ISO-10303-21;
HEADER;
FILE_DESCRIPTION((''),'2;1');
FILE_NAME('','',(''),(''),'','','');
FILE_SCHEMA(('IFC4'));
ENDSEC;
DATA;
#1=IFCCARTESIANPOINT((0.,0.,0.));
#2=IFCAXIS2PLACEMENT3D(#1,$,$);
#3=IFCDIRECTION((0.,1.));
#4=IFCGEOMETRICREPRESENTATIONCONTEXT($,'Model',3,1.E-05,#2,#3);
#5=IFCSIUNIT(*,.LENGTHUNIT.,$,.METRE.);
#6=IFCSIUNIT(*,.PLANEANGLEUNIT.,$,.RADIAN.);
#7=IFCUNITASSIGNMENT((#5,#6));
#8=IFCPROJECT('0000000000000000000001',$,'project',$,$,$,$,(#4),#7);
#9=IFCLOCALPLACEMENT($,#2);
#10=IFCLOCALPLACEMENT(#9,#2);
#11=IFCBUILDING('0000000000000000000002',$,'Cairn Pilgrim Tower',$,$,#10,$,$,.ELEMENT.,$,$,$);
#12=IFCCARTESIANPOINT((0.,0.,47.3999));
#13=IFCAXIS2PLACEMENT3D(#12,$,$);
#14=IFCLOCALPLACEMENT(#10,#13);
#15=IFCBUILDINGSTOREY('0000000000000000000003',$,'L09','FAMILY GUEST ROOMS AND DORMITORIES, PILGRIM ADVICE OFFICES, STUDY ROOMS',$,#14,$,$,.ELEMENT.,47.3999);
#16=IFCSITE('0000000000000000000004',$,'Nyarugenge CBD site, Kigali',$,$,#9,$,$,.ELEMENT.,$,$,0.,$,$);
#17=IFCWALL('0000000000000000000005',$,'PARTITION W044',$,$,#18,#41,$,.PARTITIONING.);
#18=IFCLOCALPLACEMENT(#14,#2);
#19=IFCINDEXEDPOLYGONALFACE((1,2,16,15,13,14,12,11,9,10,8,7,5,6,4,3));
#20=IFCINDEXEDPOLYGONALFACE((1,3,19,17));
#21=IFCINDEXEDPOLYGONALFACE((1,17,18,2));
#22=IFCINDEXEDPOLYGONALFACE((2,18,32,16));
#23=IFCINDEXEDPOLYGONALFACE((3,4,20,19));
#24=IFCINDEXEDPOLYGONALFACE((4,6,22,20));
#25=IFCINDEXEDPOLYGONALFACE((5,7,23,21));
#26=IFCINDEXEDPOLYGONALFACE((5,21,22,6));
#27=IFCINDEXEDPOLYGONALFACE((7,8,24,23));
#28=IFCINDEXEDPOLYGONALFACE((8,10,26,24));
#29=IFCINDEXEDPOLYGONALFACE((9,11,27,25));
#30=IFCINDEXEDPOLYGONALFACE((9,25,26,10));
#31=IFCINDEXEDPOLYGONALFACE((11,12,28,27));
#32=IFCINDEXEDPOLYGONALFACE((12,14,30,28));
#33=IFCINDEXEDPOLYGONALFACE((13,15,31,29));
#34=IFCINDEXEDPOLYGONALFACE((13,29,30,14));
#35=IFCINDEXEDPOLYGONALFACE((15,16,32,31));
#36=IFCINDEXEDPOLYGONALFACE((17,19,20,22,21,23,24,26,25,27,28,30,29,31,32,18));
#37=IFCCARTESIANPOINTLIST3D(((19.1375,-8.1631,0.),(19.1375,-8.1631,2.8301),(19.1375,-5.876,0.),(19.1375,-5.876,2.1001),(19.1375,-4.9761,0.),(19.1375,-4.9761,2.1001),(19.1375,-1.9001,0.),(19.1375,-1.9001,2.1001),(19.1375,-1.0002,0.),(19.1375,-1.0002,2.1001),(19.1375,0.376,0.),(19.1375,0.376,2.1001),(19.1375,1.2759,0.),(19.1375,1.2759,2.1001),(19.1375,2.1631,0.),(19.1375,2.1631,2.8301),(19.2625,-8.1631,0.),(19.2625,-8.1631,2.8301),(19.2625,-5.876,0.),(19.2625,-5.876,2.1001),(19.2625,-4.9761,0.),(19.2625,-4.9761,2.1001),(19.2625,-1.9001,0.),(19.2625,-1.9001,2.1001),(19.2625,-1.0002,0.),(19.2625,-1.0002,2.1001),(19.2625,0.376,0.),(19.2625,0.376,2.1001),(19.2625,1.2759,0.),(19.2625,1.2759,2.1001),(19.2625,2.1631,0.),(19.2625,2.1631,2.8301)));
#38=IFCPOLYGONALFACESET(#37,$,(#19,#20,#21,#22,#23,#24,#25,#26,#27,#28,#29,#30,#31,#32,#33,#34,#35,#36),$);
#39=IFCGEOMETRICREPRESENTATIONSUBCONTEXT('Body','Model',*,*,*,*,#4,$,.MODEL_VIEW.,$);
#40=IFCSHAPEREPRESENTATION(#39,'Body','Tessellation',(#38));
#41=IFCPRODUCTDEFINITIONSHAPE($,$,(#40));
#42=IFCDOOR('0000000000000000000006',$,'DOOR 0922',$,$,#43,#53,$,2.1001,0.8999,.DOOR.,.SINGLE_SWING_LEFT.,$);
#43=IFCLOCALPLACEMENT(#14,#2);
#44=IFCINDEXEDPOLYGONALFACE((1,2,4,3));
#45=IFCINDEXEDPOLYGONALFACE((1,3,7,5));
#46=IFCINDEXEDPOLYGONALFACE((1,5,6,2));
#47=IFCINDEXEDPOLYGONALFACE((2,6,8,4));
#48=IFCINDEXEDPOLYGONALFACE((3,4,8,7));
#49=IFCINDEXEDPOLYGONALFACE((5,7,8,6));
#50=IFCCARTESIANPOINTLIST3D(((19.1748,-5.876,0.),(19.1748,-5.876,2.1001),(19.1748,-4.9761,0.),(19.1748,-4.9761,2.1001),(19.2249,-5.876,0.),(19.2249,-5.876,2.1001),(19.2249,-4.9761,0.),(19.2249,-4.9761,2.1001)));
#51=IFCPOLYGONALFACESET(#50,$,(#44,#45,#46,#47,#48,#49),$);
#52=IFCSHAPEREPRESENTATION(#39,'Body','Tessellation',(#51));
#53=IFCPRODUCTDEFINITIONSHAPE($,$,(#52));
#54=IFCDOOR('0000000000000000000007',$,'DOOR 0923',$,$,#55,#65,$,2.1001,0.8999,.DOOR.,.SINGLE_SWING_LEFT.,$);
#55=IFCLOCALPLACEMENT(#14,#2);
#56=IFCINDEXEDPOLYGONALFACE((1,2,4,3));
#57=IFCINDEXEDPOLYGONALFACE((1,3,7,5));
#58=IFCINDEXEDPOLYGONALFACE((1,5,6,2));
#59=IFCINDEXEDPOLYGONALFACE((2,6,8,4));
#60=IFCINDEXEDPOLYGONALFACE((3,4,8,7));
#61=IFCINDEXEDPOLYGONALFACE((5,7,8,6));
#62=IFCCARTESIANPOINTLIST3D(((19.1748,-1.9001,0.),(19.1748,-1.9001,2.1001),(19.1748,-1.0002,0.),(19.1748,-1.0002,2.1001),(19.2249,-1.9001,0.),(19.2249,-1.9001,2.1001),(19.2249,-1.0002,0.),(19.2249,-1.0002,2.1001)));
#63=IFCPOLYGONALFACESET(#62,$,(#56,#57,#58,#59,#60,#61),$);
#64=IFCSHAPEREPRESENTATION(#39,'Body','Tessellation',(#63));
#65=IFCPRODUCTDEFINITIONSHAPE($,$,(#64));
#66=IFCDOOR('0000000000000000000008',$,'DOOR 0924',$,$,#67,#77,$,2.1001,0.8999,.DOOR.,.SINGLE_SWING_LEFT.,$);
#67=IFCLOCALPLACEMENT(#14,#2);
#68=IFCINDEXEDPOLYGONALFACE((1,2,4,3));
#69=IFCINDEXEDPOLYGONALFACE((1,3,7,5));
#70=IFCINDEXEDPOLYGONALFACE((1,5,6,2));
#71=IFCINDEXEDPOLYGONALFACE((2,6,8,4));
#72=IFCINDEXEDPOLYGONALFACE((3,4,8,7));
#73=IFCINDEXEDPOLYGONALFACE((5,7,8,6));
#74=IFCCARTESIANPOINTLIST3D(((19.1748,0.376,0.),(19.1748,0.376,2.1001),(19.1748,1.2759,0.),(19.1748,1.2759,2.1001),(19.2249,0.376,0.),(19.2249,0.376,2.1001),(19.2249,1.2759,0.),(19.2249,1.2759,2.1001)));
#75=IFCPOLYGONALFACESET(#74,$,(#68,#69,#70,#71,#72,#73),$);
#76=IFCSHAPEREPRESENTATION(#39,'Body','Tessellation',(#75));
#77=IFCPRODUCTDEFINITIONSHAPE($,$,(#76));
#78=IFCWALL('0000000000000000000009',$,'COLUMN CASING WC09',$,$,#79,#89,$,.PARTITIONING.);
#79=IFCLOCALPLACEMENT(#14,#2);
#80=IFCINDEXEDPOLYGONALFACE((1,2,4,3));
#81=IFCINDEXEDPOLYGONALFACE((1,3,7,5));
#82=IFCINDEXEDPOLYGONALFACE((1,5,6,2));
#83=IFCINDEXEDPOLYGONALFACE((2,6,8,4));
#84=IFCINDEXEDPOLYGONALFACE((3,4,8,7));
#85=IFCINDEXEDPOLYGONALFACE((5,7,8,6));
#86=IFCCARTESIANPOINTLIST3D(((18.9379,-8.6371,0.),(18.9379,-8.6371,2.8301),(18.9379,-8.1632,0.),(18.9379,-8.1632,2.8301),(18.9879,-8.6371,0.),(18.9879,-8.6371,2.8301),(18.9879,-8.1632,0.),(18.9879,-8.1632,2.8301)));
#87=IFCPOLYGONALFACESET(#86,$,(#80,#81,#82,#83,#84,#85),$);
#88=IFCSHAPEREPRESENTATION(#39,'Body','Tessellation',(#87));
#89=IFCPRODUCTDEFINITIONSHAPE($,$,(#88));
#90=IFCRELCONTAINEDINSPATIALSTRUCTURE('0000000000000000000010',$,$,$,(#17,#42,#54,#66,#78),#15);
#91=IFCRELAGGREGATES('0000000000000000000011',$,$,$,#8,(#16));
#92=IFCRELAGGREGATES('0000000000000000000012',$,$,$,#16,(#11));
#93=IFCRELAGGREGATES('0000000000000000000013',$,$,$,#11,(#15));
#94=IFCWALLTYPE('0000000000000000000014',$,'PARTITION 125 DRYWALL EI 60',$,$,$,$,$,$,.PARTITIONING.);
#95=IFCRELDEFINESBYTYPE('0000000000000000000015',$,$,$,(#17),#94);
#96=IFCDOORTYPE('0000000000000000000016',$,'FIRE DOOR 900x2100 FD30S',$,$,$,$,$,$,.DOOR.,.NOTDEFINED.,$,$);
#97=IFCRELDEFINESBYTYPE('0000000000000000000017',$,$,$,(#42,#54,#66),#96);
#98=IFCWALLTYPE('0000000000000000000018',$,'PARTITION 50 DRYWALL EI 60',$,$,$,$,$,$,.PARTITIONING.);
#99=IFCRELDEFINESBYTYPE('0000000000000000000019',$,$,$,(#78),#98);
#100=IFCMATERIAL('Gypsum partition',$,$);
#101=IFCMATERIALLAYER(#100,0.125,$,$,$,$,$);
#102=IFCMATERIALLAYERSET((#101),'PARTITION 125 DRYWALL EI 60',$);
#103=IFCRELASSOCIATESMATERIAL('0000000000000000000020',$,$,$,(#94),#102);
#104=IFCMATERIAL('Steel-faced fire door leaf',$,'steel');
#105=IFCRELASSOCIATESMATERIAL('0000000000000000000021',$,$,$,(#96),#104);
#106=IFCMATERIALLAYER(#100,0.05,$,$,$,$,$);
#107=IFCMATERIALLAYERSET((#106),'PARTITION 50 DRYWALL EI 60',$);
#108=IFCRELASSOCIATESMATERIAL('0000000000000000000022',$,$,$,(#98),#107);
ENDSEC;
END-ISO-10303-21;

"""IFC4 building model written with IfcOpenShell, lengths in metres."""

from ifc_helpers import new_model, si_unit, direction, frame, frame_2d, origin, place, context, subcontext, project, spatial, rectangle, extrude, material, layer, layer_set, type_object, element, fill, save


model = new_model("IFC4")

# Units and contexts
model_context = context("Model", 3, precision=1e-05, world=origin(), true_north=direction((0.0, 1.0)))
body_context = subcontext(model_context, "Body", "Model", "MODEL_VIEW")
ifc_project = project(units=[si_unit("LENGTHUNIT", "METRE"), si_unit("PLANEANGLEUNIT", "RADIAN")], contexts=[model_context])

# Site, building, storey
site_placement = place(None, origin())
site = spatial("IfcSite", under=ifc_project, at=site_placement, Name="Nyarugenge CBD site, Kigali", CompositionType="ELEMENT", RefElevation=0.0)
building_placement = place(site_placement, origin())
building = spatial("IfcBuilding", under=site, at=building_placement, Name="Cairn Pilgrim Tower", CompositionType="ELEMENT")
storey_placement = place(building_placement, frame((0.0, 0.0, 47.3999)))
storey = spatial("IfcBuildingStorey", under=building, at=storey_placement, Name="L09", Description="FAMILY GUEST ROOMS AND DORMITORIES, PILGRIM ADVICE OFFICES, STUDY ROOMS", CompositionType="ELEMENT", Elevation=47.3999)

# Shared definitions
ifc_material_1 = material(Name="Gypsum partition")

# Shared definitions
ifc_layer_1 = layer(ifc_material_1, 0.125)
ifc_layer_set_1 = layer_set([ifc_layer_1], Name="PARTITION 125 DRYWALL EI 60")
wall_type_1 = type_object("IfcWallType", Name="PARTITION 125 DRYWALL EI 60", PredefinedType="PARTITIONING", material=ifc_layer_set_1)
ifc_material_2 = material(Name="Steel-faced fire door leaf", Category="steel")

# Wall, openings, doors
wall_1_placement = place(storey_placement, frame((19.2, -8.1631, 0.0), z_axis=(0.0, 0.0, 1.0), x_axis=(0.0, 1.0, 0.0)))
wall_1 = element("IfcWall", 1, at=wall_1_placement, inside=storey, type_object=wall_type_1, Name="PARTITION W044", PredefinedType="PARTITIONING", context=body_context, shape_type="SweptSolid", body=[
    extrude(rectangle(XDim=10.3262, YDim=0.125, at=frame_2d((5.1631, 0.0))), origin(), (0.0, 0.0, 1.0), 2.8301),
])
opening_1_placement = place(wall_1_placement, frame((2.2871, 0.0, 0.0)))
opening_1 = element("IfcOpeningElement", 2, at=opening_1_placement, cuts=wall_1, PredefinedType="OPENING", context=body_context, shape_type="SweptSolid", body=[
    extrude(rectangle(XDim=0.8999, YDim=2.1001, at=frame_2d((0.45, 1.05))), frame((0.0, 0.0725, 0.0), z_axis=(0.0, -1.0, 0.0), x_axis=(1.0, 0.0, 0.0)), (0.0, 0.0, 1.0), 0.145),
])
opening_2_placement = place(wall_1_placement, frame((6.2629, 0.0, 0.0)))
opening_2 = element("IfcOpeningElement", 3, at=opening_2_placement, cuts=wall_1, PredefinedType="OPENING", context=body_context, shape_type="SweptSolid", body=[
    extrude(rectangle(XDim=0.8999, YDim=2.1001, at=frame_2d((0.45, 1.05))), frame((0.0, 0.0725, 0.0), z_axis=(0.0, -1.0, 0.0), x_axis=(1.0, 0.0, 0.0)), (0.0, 0.0, 1.0), 0.145),
])
opening_3_placement = place(wall_1_placement, frame((8.5391, 0.0, 0.0)))
opening_3 = element("IfcOpeningElement", 4, at=opening_3_placement, cuts=wall_1, PredefinedType="OPENING", context=body_context, shape_type="SweptSolid", body=[
    extrude(rectangle(XDim=0.8999, YDim=2.1001, at=frame_2d((0.45, 1.05))), frame((0.0, 0.0725, 0.0), z_axis=(0.0, -1.0, 0.0), x_axis=(1.0, 0.0, 0.0)), (0.0, 0.0, 1.0), 0.145),
])
door_type_1 = type_object("IfcDoorType", Name="FIRE DOOR 900x2100 FD30S", OperationType="NOTDEFINED", PredefinedType="DOOR", material=ifc_material_2)
door_1_placement = place(opening_1_placement, frame((0.8999, 0.0, 0.0), z_axis=(0.0, 0.0, 1.0), x_axis=(-1.0, 0.0, 0.0)))
door_1 = element("IfcDoor", 5, at=door_1_placement, inside=storey, type_object=door_type_1, Name="DOOR 0922", OperationType="SINGLE_SWING_LEFT", OverallHeight=2.1001, OverallWidth=0.8999, PredefinedType="DOOR", context=body_context, shape_type="SweptSolid", body=[
    extrude(rectangle(XDim=0.8999, YDim=2.1001, at=frame_2d((0.45, 1.05))), frame((0.0, 0.0249, 0.0), z_axis=(0.0, -1.0, 0.0), x_axis=(1.0, 0.0, 0.0)), (0.0, 0.0, 1.0), 0.05),
])
fill(opening_1, door_1)
door_2_placement = place(opening_2_placement, frame((0.8999, 0.0, 0.0), z_axis=(0.0, 0.0, 1.0), x_axis=(-1.0, 0.0, 0.0)))
door_2 = element("IfcDoor", 6, at=door_2_placement, inside=storey, type_object=door_type_1, Name="DOOR 0923", OperationType="SINGLE_SWING_LEFT", OverallHeight=2.1001, OverallWidth=0.8999, PredefinedType="DOOR", context=body_context, shape_type="SweptSolid", body=[
    extrude(rectangle(XDim=0.8999, YDim=2.1001, at=frame_2d((0.45, 1.05))), frame((0.0, 0.0249, 0.0), z_axis=(0.0, -1.0, 0.0), x_axis=(1.0, 0.0, 0.0)), (0.0, 0.0, 1.0), 0.05),
])
fill(opening_2, door_2)
door_3_placement = place(opening_3_placement, frame((0.8999, 0.0, 0.0), z_axis=(0.0, 0.0, 1.0), x_axis=(-1.0, 0.0, 0.0)))
door_3 = element("IfcDoor", 7, at=door_3_placement, inside=storey, type_object=door_type_1, Name="DOOR 0924", OperationType="SINGLE_SWING_LEFT", OverallHeight=2.1001, OverallWidth=0.8999, PredefinedType="DOOR", context=body_context, shape_type="SweptSolid", body=[
    extrude(rectangle(XDim=0.8999, YDim=2.1001, at=frame_2d((0.45, 1.05))), frame((0.0, 0.0249, 0.0), z_axis=(0.0, -1.0, 0.0), x_axis=(1.0, 0.0, 0.0)), (0.0, 0.0, 1.0), 0.05),
])
fill(opening_3, door_3)

# Wall
ifc_layer_2 = layer(ifc_material_1, 0.05)
ifc_layer_set_2 = layer_set([ifc_layer_2], Name="PARTITION 50 DRYWALL EI 60")
wall_type_2 = type_object("IfcWallType", Name="PARTITION 50 DRYWALL EI 60", PredefinedType="PARTITIONING", material=ifc_layer_set_2)
wall_2_placement = place(storey_placement, frame((18.9629, -8.637, 0.0), z_axis=(0.0, 0.0, 1.0), x_axis=(0.0, 1.0, 0.0)))
element("IfcWall", 8, at=wall_2_placement, inside=storey, type_object=wall_type_2, Name="COLUMN CASING WC09", PredefinedType="PARTITIONING", context=body_context, shape_type="SweptSolid", body=[
    extrude(rectangle(XDim=0.4739, YDim=0.05, at=frame_2d((0.2368, 0.0))), origin(), (0.0, 0.0, 1.0), 2.8301),
])

save(model, "model.ifc")
